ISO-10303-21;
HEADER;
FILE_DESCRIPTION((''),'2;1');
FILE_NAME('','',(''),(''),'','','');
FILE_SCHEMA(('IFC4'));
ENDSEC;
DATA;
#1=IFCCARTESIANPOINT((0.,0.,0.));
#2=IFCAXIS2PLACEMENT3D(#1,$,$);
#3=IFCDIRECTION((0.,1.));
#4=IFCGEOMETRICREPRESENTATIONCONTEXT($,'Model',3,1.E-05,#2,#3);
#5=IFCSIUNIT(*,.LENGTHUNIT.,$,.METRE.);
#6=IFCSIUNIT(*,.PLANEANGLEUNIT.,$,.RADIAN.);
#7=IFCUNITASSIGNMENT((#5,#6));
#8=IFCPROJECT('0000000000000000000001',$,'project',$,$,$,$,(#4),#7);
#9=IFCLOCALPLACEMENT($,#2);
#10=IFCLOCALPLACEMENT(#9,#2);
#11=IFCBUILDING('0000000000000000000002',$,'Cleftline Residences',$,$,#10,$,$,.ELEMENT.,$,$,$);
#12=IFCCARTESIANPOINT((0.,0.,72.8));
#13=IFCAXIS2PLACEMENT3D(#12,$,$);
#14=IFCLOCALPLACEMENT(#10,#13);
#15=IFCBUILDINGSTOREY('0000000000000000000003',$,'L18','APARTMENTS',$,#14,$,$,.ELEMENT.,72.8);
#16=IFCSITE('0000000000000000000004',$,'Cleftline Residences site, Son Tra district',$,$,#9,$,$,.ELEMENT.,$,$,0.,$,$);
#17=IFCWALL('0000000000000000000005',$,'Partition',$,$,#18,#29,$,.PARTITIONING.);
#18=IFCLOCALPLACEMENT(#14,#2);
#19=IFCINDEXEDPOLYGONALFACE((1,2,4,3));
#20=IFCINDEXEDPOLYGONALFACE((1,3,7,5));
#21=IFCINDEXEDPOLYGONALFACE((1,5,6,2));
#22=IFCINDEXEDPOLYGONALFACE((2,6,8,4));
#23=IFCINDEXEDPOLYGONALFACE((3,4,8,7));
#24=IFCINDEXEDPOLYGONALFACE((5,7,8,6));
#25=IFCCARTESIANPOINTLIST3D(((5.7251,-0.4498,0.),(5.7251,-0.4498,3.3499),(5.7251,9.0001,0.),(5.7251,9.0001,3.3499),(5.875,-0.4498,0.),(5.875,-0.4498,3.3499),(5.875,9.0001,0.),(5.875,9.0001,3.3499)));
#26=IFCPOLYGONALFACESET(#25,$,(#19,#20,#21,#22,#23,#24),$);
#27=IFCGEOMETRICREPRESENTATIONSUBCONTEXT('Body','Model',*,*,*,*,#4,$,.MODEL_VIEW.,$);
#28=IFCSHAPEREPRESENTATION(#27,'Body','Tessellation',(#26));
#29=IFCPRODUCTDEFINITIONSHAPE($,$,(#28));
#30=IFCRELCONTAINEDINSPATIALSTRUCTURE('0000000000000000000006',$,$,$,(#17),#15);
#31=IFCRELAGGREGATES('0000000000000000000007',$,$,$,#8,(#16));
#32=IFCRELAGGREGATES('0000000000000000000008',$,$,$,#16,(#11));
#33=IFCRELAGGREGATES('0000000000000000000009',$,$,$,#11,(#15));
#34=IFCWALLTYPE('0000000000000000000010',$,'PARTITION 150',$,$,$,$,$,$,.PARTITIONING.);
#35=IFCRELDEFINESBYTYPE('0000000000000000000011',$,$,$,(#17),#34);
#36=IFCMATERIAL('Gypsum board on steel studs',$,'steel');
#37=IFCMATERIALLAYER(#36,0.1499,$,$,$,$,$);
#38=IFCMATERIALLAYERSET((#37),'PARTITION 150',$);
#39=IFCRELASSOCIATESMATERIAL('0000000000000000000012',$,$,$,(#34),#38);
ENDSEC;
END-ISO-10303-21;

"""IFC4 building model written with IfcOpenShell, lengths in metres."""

from ifc_helpers import new_model, si_unit, direction, frame, frame_2d, origin, place, context, subcontext, project, spatial, rectangle, extrude, material, layer, layer_set, type_object, element, save


model = new_model("IFC4")

# Units and contexts
model_context = context("Model", 3, precision=1e-05, world=origin(), true_north=direction((0.0, 1.0)))
body_context = subcontext(model_context, "Body", "Model", "MODEL_VIEW")
ifc_project = project(units=[si_unit("LENGTHUNIT", "METRE"), si_unit("PLANEANGLEUNIT", "RADIAN")], contexts=[model_context])

# Site, building, storey
site_placement = place(None, origin())
site = spatial("IfcSite", under=ifc_project, at=site_placement, Name="Cleftline Residences site, Son Tra district", CompositionType="ELEMENT", RefElevation=0.0)
building_placement = place(site_placement, origin())
building = spatial("IfcBuilding", under=site, at=building_placement, Name="Cleftline Residences", CompositionType="ELEMENT")
storey_placement = place(building_placement, frame((0.0, 0.0, 72.8)))
storey = spatial("IfcBuildingStorey", under=building, at=storey_placement, Name="L18", Description="APARTMENTS", CompositionType="ELEMENT", Elevation=72.8)

# Shared definitions
ifc_material_1 = material(Name="Gypsum board on steel studs", Category="steel")
ifc_layer_1 = layer(ifc_material_1, 0.1499)
ifc_layer_set_1 = layer_set([ifc_layer_1], Name="PARTITION 150")
wall_type_1 = type_object("IfcWallType", Name="PARTITION 150", PredefinedType="PARTITIONING", material=ifc_layer_set_1)

# Wall
wall_1_placement = place(storey_placement, frame((5.8, -0.45, 0.0), z_axis=(0.0, 0.0, 1.0), x_axis=(0.0, 1.0, 0.0)))
element("IfcWall", 1, at=wall_1_placement, inside=storey, type_object=wall_type_1, Name="Partition", PredefinedType="PARTITIONING", context=body_context, shape_type="SweptSolid", body=[
    extrude(rectangle(XDim=9.45, YDim=0.1499, at=frame_2d((4.7251, 0.0))), origin(), (0.0, 0.0, 1.0), 3.3499),
])

save(model, "model.ifc")
